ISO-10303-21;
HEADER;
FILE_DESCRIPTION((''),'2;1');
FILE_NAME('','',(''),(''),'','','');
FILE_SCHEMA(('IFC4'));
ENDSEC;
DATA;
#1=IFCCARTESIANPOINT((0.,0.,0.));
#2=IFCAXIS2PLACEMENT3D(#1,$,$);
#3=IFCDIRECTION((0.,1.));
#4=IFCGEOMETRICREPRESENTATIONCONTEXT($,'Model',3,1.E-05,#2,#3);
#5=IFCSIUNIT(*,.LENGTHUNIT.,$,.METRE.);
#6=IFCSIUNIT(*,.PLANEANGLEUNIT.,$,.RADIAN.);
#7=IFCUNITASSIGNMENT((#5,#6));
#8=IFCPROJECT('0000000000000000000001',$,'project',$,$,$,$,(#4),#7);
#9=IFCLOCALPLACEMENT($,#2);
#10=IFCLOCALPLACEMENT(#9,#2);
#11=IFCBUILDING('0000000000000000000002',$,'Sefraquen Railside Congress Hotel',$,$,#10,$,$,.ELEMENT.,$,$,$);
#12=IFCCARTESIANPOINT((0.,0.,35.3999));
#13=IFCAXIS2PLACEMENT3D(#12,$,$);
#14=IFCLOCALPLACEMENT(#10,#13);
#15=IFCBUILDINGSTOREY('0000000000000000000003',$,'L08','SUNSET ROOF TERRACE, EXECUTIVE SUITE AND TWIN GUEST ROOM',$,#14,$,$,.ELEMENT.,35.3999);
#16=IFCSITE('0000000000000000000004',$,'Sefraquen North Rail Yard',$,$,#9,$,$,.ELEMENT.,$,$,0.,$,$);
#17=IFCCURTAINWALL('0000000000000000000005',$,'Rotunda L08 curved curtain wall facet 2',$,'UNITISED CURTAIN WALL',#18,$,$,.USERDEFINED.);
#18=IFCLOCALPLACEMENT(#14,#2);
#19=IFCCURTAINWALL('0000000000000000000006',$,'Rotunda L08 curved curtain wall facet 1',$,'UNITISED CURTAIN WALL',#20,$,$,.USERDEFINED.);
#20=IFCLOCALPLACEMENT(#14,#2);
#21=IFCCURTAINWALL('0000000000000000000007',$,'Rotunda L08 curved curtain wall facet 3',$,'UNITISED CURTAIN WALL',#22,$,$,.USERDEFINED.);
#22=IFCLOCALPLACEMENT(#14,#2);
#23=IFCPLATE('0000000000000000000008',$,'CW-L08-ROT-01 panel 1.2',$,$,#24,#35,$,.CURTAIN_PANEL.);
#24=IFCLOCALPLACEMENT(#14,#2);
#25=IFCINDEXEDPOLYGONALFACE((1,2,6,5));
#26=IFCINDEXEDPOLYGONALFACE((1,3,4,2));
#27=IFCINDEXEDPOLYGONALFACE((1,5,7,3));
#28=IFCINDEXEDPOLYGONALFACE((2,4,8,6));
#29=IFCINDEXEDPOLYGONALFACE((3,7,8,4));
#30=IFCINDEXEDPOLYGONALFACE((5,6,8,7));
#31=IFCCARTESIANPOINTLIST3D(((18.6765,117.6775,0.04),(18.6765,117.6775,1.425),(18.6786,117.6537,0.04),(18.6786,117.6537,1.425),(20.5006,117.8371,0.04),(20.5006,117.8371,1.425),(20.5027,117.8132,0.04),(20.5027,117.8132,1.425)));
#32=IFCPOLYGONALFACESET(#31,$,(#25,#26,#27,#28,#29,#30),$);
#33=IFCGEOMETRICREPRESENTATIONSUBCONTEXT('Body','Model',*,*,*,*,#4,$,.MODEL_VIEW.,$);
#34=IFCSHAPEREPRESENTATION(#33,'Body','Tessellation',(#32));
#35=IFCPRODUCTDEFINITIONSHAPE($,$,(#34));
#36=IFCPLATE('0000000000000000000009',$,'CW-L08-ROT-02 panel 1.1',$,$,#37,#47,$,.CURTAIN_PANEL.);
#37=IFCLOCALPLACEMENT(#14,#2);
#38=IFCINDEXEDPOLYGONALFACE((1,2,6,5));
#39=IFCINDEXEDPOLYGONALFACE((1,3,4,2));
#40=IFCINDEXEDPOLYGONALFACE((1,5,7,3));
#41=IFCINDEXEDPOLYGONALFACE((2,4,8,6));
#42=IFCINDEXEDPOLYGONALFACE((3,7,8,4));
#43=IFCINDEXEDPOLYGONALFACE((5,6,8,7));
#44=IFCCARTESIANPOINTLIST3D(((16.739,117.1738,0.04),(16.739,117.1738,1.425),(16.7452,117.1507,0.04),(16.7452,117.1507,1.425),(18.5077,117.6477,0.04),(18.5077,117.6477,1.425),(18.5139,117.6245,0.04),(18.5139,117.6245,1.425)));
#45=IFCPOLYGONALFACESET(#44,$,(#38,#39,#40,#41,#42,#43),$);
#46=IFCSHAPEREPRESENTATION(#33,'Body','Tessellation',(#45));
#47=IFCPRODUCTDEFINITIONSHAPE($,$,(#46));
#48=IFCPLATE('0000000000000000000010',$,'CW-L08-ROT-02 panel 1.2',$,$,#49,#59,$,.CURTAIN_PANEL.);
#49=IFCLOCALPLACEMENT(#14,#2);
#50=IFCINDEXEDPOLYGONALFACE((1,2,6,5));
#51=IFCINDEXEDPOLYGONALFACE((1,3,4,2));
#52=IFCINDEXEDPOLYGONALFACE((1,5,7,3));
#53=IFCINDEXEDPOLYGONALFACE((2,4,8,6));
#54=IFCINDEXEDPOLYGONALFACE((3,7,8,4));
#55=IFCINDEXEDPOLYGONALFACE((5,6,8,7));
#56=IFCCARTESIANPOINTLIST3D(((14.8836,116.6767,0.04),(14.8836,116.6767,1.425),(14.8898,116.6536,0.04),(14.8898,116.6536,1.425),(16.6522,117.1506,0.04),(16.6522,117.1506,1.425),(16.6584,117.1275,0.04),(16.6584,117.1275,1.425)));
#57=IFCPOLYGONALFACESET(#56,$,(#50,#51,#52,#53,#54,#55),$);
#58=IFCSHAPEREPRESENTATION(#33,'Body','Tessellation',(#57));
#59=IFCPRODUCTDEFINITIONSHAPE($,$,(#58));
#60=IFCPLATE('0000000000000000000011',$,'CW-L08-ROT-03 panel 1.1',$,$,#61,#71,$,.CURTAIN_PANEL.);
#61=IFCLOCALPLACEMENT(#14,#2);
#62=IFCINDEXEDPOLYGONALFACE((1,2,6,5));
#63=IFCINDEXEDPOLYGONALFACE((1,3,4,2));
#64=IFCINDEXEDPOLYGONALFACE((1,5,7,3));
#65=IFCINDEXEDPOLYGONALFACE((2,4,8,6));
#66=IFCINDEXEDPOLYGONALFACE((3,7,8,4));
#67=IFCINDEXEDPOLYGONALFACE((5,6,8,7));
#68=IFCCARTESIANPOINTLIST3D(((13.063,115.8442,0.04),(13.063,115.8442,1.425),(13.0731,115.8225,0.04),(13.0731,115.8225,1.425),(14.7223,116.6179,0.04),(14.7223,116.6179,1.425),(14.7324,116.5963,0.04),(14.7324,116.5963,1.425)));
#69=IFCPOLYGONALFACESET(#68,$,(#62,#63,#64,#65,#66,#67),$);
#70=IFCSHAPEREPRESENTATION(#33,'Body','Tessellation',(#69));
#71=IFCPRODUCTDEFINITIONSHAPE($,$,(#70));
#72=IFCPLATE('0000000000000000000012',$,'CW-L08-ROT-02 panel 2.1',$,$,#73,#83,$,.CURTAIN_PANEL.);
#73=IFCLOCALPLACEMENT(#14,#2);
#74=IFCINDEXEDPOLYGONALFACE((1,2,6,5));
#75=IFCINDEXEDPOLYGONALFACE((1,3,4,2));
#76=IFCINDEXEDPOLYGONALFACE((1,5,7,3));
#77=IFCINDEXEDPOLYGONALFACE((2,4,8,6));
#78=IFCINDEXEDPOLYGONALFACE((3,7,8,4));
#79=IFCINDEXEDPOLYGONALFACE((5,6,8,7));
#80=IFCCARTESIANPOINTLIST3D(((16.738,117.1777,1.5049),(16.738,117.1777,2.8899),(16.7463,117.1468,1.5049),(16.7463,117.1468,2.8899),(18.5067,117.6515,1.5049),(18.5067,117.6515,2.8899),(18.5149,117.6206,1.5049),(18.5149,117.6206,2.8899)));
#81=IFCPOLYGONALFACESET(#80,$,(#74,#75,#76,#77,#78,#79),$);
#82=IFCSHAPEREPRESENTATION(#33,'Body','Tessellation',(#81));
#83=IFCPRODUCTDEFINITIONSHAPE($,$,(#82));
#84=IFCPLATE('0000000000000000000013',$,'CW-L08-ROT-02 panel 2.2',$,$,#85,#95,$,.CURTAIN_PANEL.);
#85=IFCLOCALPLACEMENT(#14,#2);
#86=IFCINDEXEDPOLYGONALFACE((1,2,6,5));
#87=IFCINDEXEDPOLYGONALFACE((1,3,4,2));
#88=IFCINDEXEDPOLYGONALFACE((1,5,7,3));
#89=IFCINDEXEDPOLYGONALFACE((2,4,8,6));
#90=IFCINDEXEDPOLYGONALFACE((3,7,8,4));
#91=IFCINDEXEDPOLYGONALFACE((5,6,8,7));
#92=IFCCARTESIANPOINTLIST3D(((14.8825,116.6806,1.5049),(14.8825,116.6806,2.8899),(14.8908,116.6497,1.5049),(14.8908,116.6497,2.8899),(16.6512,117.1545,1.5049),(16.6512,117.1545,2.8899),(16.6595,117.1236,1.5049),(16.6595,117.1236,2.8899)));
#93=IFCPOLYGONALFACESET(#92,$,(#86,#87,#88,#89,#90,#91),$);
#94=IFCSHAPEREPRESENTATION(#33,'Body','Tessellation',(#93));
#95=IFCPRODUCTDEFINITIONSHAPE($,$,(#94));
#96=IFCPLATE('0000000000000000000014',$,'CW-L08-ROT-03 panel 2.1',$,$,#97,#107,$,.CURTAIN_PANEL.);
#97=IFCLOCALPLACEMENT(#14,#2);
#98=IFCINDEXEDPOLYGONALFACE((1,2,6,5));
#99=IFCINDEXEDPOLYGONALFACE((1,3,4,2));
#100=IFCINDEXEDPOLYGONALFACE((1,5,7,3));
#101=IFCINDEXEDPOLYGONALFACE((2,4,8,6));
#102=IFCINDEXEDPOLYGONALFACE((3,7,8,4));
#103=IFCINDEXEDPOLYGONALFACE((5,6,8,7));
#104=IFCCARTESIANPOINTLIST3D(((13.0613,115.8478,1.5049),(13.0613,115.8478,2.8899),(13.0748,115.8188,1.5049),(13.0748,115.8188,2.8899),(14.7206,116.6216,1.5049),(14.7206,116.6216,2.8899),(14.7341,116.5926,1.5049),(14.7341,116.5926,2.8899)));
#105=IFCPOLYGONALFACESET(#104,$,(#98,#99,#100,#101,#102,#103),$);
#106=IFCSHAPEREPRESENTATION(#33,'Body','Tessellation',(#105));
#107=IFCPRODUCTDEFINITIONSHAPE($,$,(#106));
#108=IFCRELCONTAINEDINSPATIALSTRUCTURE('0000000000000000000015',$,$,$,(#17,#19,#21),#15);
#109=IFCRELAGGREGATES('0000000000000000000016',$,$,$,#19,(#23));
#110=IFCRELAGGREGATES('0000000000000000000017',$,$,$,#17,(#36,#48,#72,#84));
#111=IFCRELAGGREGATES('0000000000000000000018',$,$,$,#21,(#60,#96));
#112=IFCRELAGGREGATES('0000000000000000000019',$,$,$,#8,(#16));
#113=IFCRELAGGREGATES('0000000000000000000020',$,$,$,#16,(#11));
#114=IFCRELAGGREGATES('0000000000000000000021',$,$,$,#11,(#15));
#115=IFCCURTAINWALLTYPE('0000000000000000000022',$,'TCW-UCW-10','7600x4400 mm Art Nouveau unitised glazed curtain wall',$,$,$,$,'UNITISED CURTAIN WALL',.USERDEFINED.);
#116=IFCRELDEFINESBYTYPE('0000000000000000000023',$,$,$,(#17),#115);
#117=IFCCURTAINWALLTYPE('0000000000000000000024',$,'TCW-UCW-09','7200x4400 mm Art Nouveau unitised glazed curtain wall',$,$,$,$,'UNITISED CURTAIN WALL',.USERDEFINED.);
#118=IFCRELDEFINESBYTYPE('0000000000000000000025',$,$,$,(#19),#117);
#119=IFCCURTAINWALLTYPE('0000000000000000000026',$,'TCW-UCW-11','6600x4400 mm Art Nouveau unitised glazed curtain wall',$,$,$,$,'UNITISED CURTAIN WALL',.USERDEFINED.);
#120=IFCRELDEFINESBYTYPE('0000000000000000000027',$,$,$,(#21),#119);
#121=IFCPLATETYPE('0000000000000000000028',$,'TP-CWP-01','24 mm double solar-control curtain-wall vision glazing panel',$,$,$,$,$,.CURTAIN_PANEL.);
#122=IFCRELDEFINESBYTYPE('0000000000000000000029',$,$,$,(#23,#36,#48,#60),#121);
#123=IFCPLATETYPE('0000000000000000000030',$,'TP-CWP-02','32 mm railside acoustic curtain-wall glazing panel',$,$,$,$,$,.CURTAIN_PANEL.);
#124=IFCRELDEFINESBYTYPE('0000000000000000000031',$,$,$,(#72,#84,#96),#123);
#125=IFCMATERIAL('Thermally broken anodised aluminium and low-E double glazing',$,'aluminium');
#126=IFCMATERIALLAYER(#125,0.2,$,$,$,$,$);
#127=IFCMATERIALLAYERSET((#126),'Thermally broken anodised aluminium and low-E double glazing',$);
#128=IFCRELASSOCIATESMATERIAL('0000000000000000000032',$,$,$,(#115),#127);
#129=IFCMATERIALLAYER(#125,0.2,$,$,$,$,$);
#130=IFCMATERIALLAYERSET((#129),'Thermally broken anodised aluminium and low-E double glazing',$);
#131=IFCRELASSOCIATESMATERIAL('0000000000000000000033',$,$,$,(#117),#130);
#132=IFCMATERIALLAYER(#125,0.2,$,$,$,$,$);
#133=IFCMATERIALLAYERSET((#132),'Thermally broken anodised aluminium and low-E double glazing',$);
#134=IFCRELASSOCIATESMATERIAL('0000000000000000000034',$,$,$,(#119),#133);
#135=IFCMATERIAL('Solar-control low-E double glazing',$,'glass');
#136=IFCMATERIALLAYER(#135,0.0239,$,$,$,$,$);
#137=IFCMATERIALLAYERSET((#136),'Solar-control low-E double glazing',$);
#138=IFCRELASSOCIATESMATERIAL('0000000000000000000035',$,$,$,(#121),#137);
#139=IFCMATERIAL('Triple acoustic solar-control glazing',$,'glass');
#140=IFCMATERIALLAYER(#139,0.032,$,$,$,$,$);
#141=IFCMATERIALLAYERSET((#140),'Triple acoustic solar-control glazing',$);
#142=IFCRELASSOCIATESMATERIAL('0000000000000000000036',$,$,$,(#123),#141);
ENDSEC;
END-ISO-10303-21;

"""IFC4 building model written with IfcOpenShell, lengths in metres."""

from ifc_helpers import new_model, si_unit, direction, frame, origin, origin_2d, place, context, subcontext, project, spatial, rectangle, extrude, material, layer, layer_set, type_object, element, aggregate, save


model = new_model("IFC4")

# Units and contexts
model_context = context("Model", 3, precision=1e-05, world=origin(), true_north=direction((0.0, 1.0)))
body_context = subcontext(model_context, "Body", "Model", "MODEL_VIEW")
ifc_project = project(units=[si_unit("LENGTHUNIT", "METRE"), si_unit("PLANEANGLEUNIT", "RADIAN")], contexts=[model_context])

# Site, building, storey
site_placement = place(None, origin())
site = spatial("IfcSite", under=ifc_project, at=site_placement, Name="Sefraquen North Rail Yard", CompositionType="ELEMENT", RefElevation=0.0)
building_placement = place(site_placement, origin())
building = spatial("IfcBuilding", under=site, at=building_placement, Name="Sefraquen Railside Congress Hotel", CompositionType="ELEMENT")
storey_placement = place(building_placement, frame((0.0, 0.0, 35.3999)))
storey = spatial("IfcBuildingStorey", under=building, at=storey_placement, Name="L08", Description="SUNSET ROOF TERRACE, EXECUTIVE SUITE AND TWIN GUEST ROOM", CompositionType="ELEMENT", Elevation=35.3999)

# Curtain walls
ifc_material_1 = material(Name="Thermally broken anodised aluminium and low-E double glazing", Category="aluminium")
ifc_layer_1 = layer(ifc_material_1, 0.2)
ifc_layer_set_1 = layer_set([ifc_layer_1], Name="Thermally broken anodised aluminium and low-E double glazing")
curtain_wall_type_1 = type_object("IfcCurtainWallType", Name="TCW-UCW-10", Description="7600x4400 mm Art Nouveau unitised glazed curtain wall", ElementType="UNITISED CURTAIN WALL", PredefinedType="USERDEFINED", material=ifc_layer_set_1)
curtain_wall_1_placement = place(storey_placement, origin())
curtain_wall_1 = element("IfcCurtainWall", 1, at=curtain_wall_1_placement, inside=storey, type_object=curtain_wall_type_1, Name="Rotunda L08 curved curtain wall facet 2", ObjectType="UNITISED CURTAIN WALL", PredefinedType="USERDEFINED")
ifc_layer_2 = layer(ifc_material_1, 0.2)
ifc_layer_set_2 = layer_set([ifc_layer_2], Name="Thermally broken anodised aluminium and low-E double glazing")
curtain_wall_type_2 = type_object("IfcCurtainWallType", Name="TCW-UCW-09", Description="7200x4400 mm Art Nouveau unitised glazed curtain wall", ElementType="UNITISED CURTAIN WALL", PredefinedType="USERDEFINED", material=ifc_layer_set_2)
curtain_wall_2_placement = place(storey_placement, origin())
curtain_wall_2 = element("IfcCurtainWall", 2, at=curtain_wall_2_placement, inside=storey, type_object=curtain_wall_type_2, Name="Rotunda L08 curved curtain wall facet 1", ObjectType="UNITISED CURTAIN WALL", PredefinedType="USERDEFINED")

# Curtain wall
ifc_layer_3 = layer(ifc_material_1, 0.2)
ifc_layer_set_3 = layer_set([ifc_layer_3], Name="Thermally broken anodised aluminium and low-E double glazing")
curtain_wall_type_3 = type_object("IfcCurtainWallType", Name="TCW-UCW-11", Description="6600x4400 mm Art Nouveau unitised glazed curtain wall", ElementType="UNITISED CURTAIN WALL", PredefinedType="USERDEFINED", material=ifc_layer_set_3)
curtain_wall_3_placement = place(storey_placement, origin())
curtain_wall_3 = element("IfcCurtainWall", 3, at=curtain_wall_3_placement, inside=storey, type_object=curtain_wall_type_3, Name="Rotunda L08 curved curtain wall facet 3", ObjectType="UNITISED CURTAIN WALL", PredefinedType="USERDEFINED")

# Plates
ifc_material_2 = material(Name="Solar-control low-E double glazing", Category="glass")
ifc_layer_4 = layer(ifc_material_2, 0.0239)
ifc_layer_set_4 = layer_set([ifc_layer_4], Name="Solar-control low-E double glazing")
plate_type_1 = type_object("IfcPlateType", Name="TP-CWP-01", Description="24 mm double solar-control curtain-wall vision glazing panel", PredefinedType="CURTAIN_PANEL", material=ifc_layer_set_4)
plate_1_placement = place(storey_placement, frame((19.5896, 117.7454, 0.04), z_axis=(0.0, 0.0, 1.0), x_axis=(-0.996196, -0.087138, 0.0)))
plate_1 = element("IfcPlate", 4, at=plate_1_placement, type_object=plate_type_1, Name="CW-L08-ROT-01 panel 1.2", PredefinedType="CURTAIN_PANEL", context=body_context, shape_type="SweptSolid", body=[
    extrude(rectangle(XDim=1.8311, YDim=0.0239, at=origin_2d()), origin(), (0.0, 0.0, 1.0), 1.385),
])
aggregate(curtain_wall_2, [plate_1])
plate_2_placement = place(storey_placement, frame((17.6265, 117.3992, 0.04), z_axis=(0.0, 0.0, 1.0), x_axis=(-0.965935, -0.258785, 0.0)))
plate_2 = element("IfcPlate", 5, at=plate_2_placement, type_object=plate_type_1, Name="CW-L08-ROT-02 panel 1.1", PredefinedType="CURTAIN_PANEL", context=body_context, shape_type="SweptSolid", body=[
    extrude(rectangle(XDim=1.8311, YDim=0.0239, at=origin_2d()), origin(), (0.0, 0.0, 1.0), 1.385),
])
plate_3_placement = place(storey_placement, frame((15.771, 116.9021, 0.04), z_axis=(0.0, 0.0, 1.0), x_axis=(-0.965935, -0.258785, 0.0)))
plate_3 = element("IfcPlate", 6, at=plate_3_placement, type_object=plate_type_1, Name="CW-L08-ROT-02 panel 1.2", PredefinedType="CURTAIN_PANEL", context=body_context, shape_type="SweptSolid", body=[
    extrude(rectangle(XDim=1.8311, YDim=0.0239, at=origin_2d()), origin(), (0.0, 0.0, 1.0), 1.385),
])
plate_4_placement = place(storey_placement, frame((13.8977, 116.2202, 0.04), z_axis=(0.0, 0.0, 1.0), x_axis=(-0.9063, -0.422634, 0.0)))
plate_4 = element("IfcPlate", 7, at=plate_4_placement, type_object=plate_type_1, Name="CW-L08-ROT-03 panel 1.1", PredefinedType="CURTAIN_PANEL", context=body_context, shape_type="SweptSolid", body=[
    extrude(rectangle(XDim=1.8308, YDim=0.0239, at=origin_2d()), origin(), (0.0, 0.0, 1.0), 1.385),
])
ifc_material_3 = material(Name="Triple acoustic solar-control glazing", Category="glass")
ifc_layer_5 = layer(ifc_material_3, 0.032)
ifc_layer_set_5 = layer_set([ifc_layer_5], Name="Triple acoustic solar-control glazing")
plate_type_2 = type_object("IfcPlateType", Name="TP-CWP-02", Description="32 mm railside acoustic curtain-wall glazing panel", PredefinedType="CURTAIN_PANEL", material=ifc_layer_set_5)
plate_5_placement = place(storey_placement, frame((17.6265, 117.3992, 1.5049), z_axis=(0.0, 0.0, 1.0), x_axis=(-0.965935, -0.258785, 0.0)))
plate_5 = element("IfcPlate", 8, at=plate_5_placement, type_object=plate_type_2, Name="CW-L08-ROT-02 panel 2.1", PredefinedType="CURTAIN_PANEL", context=body_context, shape_type="SweptSolid", body=[
    extrude(rectangle(XDim=1.8311, YDim=0.032, at=origin_2d()), origin(), (0.0, 0.0, 1.0), 1.385),
])
plate_6_placement = place(storey_placement, frame((15.771, 116.9021, 1.5049), z_axis=(0.0, 0.0, 1.0), x_axis=(-0.965935, -0.258785, 0.0)))
plate_6 = element("IfcPlate", 9, at=plate_6_placement, type_object=plate_type_2, Name="CW-L08-ROT-02 panel 2.2", PredefinedType="CURTAIN_PANEL", context=body_context, shape_type="SweptSolid", body=[
    extrude(rectangle(XDim=1.8311, YDim=0.032, at=origin_2d()), origin(), (0.0, 0.0, 1.0), 1.385),
])
aggregate(curtain_wall_1, [plate_2, plate_3, plate_5, plate_6])
plate_7_placement = place(storey_placement, frame((13.8977, 116.2202, 1.5049), z_axis=(0.0, 0.0, 1.0), x_axis=(-0.9063, -0.422634, 0.0)))
plate_7 = element("IfcPlate", 10, at=plate_7_placement, type_object=plate_type_2, Name="CW-L08-ROT-03 panel 2.1", PredefinedType="CURTAIN_PANEL", context=body_context, shape_type="SweptSolid", body=[
    extrude(rectangle(XDim=1.8308, YDim=0.032, at=origin_2d()), origin(), (0.0, 0.0, 1.0), 1.385),
])
aggregate(curtain_wall_3, [plate_4, plate_7])

save(model, "model.ifc")
